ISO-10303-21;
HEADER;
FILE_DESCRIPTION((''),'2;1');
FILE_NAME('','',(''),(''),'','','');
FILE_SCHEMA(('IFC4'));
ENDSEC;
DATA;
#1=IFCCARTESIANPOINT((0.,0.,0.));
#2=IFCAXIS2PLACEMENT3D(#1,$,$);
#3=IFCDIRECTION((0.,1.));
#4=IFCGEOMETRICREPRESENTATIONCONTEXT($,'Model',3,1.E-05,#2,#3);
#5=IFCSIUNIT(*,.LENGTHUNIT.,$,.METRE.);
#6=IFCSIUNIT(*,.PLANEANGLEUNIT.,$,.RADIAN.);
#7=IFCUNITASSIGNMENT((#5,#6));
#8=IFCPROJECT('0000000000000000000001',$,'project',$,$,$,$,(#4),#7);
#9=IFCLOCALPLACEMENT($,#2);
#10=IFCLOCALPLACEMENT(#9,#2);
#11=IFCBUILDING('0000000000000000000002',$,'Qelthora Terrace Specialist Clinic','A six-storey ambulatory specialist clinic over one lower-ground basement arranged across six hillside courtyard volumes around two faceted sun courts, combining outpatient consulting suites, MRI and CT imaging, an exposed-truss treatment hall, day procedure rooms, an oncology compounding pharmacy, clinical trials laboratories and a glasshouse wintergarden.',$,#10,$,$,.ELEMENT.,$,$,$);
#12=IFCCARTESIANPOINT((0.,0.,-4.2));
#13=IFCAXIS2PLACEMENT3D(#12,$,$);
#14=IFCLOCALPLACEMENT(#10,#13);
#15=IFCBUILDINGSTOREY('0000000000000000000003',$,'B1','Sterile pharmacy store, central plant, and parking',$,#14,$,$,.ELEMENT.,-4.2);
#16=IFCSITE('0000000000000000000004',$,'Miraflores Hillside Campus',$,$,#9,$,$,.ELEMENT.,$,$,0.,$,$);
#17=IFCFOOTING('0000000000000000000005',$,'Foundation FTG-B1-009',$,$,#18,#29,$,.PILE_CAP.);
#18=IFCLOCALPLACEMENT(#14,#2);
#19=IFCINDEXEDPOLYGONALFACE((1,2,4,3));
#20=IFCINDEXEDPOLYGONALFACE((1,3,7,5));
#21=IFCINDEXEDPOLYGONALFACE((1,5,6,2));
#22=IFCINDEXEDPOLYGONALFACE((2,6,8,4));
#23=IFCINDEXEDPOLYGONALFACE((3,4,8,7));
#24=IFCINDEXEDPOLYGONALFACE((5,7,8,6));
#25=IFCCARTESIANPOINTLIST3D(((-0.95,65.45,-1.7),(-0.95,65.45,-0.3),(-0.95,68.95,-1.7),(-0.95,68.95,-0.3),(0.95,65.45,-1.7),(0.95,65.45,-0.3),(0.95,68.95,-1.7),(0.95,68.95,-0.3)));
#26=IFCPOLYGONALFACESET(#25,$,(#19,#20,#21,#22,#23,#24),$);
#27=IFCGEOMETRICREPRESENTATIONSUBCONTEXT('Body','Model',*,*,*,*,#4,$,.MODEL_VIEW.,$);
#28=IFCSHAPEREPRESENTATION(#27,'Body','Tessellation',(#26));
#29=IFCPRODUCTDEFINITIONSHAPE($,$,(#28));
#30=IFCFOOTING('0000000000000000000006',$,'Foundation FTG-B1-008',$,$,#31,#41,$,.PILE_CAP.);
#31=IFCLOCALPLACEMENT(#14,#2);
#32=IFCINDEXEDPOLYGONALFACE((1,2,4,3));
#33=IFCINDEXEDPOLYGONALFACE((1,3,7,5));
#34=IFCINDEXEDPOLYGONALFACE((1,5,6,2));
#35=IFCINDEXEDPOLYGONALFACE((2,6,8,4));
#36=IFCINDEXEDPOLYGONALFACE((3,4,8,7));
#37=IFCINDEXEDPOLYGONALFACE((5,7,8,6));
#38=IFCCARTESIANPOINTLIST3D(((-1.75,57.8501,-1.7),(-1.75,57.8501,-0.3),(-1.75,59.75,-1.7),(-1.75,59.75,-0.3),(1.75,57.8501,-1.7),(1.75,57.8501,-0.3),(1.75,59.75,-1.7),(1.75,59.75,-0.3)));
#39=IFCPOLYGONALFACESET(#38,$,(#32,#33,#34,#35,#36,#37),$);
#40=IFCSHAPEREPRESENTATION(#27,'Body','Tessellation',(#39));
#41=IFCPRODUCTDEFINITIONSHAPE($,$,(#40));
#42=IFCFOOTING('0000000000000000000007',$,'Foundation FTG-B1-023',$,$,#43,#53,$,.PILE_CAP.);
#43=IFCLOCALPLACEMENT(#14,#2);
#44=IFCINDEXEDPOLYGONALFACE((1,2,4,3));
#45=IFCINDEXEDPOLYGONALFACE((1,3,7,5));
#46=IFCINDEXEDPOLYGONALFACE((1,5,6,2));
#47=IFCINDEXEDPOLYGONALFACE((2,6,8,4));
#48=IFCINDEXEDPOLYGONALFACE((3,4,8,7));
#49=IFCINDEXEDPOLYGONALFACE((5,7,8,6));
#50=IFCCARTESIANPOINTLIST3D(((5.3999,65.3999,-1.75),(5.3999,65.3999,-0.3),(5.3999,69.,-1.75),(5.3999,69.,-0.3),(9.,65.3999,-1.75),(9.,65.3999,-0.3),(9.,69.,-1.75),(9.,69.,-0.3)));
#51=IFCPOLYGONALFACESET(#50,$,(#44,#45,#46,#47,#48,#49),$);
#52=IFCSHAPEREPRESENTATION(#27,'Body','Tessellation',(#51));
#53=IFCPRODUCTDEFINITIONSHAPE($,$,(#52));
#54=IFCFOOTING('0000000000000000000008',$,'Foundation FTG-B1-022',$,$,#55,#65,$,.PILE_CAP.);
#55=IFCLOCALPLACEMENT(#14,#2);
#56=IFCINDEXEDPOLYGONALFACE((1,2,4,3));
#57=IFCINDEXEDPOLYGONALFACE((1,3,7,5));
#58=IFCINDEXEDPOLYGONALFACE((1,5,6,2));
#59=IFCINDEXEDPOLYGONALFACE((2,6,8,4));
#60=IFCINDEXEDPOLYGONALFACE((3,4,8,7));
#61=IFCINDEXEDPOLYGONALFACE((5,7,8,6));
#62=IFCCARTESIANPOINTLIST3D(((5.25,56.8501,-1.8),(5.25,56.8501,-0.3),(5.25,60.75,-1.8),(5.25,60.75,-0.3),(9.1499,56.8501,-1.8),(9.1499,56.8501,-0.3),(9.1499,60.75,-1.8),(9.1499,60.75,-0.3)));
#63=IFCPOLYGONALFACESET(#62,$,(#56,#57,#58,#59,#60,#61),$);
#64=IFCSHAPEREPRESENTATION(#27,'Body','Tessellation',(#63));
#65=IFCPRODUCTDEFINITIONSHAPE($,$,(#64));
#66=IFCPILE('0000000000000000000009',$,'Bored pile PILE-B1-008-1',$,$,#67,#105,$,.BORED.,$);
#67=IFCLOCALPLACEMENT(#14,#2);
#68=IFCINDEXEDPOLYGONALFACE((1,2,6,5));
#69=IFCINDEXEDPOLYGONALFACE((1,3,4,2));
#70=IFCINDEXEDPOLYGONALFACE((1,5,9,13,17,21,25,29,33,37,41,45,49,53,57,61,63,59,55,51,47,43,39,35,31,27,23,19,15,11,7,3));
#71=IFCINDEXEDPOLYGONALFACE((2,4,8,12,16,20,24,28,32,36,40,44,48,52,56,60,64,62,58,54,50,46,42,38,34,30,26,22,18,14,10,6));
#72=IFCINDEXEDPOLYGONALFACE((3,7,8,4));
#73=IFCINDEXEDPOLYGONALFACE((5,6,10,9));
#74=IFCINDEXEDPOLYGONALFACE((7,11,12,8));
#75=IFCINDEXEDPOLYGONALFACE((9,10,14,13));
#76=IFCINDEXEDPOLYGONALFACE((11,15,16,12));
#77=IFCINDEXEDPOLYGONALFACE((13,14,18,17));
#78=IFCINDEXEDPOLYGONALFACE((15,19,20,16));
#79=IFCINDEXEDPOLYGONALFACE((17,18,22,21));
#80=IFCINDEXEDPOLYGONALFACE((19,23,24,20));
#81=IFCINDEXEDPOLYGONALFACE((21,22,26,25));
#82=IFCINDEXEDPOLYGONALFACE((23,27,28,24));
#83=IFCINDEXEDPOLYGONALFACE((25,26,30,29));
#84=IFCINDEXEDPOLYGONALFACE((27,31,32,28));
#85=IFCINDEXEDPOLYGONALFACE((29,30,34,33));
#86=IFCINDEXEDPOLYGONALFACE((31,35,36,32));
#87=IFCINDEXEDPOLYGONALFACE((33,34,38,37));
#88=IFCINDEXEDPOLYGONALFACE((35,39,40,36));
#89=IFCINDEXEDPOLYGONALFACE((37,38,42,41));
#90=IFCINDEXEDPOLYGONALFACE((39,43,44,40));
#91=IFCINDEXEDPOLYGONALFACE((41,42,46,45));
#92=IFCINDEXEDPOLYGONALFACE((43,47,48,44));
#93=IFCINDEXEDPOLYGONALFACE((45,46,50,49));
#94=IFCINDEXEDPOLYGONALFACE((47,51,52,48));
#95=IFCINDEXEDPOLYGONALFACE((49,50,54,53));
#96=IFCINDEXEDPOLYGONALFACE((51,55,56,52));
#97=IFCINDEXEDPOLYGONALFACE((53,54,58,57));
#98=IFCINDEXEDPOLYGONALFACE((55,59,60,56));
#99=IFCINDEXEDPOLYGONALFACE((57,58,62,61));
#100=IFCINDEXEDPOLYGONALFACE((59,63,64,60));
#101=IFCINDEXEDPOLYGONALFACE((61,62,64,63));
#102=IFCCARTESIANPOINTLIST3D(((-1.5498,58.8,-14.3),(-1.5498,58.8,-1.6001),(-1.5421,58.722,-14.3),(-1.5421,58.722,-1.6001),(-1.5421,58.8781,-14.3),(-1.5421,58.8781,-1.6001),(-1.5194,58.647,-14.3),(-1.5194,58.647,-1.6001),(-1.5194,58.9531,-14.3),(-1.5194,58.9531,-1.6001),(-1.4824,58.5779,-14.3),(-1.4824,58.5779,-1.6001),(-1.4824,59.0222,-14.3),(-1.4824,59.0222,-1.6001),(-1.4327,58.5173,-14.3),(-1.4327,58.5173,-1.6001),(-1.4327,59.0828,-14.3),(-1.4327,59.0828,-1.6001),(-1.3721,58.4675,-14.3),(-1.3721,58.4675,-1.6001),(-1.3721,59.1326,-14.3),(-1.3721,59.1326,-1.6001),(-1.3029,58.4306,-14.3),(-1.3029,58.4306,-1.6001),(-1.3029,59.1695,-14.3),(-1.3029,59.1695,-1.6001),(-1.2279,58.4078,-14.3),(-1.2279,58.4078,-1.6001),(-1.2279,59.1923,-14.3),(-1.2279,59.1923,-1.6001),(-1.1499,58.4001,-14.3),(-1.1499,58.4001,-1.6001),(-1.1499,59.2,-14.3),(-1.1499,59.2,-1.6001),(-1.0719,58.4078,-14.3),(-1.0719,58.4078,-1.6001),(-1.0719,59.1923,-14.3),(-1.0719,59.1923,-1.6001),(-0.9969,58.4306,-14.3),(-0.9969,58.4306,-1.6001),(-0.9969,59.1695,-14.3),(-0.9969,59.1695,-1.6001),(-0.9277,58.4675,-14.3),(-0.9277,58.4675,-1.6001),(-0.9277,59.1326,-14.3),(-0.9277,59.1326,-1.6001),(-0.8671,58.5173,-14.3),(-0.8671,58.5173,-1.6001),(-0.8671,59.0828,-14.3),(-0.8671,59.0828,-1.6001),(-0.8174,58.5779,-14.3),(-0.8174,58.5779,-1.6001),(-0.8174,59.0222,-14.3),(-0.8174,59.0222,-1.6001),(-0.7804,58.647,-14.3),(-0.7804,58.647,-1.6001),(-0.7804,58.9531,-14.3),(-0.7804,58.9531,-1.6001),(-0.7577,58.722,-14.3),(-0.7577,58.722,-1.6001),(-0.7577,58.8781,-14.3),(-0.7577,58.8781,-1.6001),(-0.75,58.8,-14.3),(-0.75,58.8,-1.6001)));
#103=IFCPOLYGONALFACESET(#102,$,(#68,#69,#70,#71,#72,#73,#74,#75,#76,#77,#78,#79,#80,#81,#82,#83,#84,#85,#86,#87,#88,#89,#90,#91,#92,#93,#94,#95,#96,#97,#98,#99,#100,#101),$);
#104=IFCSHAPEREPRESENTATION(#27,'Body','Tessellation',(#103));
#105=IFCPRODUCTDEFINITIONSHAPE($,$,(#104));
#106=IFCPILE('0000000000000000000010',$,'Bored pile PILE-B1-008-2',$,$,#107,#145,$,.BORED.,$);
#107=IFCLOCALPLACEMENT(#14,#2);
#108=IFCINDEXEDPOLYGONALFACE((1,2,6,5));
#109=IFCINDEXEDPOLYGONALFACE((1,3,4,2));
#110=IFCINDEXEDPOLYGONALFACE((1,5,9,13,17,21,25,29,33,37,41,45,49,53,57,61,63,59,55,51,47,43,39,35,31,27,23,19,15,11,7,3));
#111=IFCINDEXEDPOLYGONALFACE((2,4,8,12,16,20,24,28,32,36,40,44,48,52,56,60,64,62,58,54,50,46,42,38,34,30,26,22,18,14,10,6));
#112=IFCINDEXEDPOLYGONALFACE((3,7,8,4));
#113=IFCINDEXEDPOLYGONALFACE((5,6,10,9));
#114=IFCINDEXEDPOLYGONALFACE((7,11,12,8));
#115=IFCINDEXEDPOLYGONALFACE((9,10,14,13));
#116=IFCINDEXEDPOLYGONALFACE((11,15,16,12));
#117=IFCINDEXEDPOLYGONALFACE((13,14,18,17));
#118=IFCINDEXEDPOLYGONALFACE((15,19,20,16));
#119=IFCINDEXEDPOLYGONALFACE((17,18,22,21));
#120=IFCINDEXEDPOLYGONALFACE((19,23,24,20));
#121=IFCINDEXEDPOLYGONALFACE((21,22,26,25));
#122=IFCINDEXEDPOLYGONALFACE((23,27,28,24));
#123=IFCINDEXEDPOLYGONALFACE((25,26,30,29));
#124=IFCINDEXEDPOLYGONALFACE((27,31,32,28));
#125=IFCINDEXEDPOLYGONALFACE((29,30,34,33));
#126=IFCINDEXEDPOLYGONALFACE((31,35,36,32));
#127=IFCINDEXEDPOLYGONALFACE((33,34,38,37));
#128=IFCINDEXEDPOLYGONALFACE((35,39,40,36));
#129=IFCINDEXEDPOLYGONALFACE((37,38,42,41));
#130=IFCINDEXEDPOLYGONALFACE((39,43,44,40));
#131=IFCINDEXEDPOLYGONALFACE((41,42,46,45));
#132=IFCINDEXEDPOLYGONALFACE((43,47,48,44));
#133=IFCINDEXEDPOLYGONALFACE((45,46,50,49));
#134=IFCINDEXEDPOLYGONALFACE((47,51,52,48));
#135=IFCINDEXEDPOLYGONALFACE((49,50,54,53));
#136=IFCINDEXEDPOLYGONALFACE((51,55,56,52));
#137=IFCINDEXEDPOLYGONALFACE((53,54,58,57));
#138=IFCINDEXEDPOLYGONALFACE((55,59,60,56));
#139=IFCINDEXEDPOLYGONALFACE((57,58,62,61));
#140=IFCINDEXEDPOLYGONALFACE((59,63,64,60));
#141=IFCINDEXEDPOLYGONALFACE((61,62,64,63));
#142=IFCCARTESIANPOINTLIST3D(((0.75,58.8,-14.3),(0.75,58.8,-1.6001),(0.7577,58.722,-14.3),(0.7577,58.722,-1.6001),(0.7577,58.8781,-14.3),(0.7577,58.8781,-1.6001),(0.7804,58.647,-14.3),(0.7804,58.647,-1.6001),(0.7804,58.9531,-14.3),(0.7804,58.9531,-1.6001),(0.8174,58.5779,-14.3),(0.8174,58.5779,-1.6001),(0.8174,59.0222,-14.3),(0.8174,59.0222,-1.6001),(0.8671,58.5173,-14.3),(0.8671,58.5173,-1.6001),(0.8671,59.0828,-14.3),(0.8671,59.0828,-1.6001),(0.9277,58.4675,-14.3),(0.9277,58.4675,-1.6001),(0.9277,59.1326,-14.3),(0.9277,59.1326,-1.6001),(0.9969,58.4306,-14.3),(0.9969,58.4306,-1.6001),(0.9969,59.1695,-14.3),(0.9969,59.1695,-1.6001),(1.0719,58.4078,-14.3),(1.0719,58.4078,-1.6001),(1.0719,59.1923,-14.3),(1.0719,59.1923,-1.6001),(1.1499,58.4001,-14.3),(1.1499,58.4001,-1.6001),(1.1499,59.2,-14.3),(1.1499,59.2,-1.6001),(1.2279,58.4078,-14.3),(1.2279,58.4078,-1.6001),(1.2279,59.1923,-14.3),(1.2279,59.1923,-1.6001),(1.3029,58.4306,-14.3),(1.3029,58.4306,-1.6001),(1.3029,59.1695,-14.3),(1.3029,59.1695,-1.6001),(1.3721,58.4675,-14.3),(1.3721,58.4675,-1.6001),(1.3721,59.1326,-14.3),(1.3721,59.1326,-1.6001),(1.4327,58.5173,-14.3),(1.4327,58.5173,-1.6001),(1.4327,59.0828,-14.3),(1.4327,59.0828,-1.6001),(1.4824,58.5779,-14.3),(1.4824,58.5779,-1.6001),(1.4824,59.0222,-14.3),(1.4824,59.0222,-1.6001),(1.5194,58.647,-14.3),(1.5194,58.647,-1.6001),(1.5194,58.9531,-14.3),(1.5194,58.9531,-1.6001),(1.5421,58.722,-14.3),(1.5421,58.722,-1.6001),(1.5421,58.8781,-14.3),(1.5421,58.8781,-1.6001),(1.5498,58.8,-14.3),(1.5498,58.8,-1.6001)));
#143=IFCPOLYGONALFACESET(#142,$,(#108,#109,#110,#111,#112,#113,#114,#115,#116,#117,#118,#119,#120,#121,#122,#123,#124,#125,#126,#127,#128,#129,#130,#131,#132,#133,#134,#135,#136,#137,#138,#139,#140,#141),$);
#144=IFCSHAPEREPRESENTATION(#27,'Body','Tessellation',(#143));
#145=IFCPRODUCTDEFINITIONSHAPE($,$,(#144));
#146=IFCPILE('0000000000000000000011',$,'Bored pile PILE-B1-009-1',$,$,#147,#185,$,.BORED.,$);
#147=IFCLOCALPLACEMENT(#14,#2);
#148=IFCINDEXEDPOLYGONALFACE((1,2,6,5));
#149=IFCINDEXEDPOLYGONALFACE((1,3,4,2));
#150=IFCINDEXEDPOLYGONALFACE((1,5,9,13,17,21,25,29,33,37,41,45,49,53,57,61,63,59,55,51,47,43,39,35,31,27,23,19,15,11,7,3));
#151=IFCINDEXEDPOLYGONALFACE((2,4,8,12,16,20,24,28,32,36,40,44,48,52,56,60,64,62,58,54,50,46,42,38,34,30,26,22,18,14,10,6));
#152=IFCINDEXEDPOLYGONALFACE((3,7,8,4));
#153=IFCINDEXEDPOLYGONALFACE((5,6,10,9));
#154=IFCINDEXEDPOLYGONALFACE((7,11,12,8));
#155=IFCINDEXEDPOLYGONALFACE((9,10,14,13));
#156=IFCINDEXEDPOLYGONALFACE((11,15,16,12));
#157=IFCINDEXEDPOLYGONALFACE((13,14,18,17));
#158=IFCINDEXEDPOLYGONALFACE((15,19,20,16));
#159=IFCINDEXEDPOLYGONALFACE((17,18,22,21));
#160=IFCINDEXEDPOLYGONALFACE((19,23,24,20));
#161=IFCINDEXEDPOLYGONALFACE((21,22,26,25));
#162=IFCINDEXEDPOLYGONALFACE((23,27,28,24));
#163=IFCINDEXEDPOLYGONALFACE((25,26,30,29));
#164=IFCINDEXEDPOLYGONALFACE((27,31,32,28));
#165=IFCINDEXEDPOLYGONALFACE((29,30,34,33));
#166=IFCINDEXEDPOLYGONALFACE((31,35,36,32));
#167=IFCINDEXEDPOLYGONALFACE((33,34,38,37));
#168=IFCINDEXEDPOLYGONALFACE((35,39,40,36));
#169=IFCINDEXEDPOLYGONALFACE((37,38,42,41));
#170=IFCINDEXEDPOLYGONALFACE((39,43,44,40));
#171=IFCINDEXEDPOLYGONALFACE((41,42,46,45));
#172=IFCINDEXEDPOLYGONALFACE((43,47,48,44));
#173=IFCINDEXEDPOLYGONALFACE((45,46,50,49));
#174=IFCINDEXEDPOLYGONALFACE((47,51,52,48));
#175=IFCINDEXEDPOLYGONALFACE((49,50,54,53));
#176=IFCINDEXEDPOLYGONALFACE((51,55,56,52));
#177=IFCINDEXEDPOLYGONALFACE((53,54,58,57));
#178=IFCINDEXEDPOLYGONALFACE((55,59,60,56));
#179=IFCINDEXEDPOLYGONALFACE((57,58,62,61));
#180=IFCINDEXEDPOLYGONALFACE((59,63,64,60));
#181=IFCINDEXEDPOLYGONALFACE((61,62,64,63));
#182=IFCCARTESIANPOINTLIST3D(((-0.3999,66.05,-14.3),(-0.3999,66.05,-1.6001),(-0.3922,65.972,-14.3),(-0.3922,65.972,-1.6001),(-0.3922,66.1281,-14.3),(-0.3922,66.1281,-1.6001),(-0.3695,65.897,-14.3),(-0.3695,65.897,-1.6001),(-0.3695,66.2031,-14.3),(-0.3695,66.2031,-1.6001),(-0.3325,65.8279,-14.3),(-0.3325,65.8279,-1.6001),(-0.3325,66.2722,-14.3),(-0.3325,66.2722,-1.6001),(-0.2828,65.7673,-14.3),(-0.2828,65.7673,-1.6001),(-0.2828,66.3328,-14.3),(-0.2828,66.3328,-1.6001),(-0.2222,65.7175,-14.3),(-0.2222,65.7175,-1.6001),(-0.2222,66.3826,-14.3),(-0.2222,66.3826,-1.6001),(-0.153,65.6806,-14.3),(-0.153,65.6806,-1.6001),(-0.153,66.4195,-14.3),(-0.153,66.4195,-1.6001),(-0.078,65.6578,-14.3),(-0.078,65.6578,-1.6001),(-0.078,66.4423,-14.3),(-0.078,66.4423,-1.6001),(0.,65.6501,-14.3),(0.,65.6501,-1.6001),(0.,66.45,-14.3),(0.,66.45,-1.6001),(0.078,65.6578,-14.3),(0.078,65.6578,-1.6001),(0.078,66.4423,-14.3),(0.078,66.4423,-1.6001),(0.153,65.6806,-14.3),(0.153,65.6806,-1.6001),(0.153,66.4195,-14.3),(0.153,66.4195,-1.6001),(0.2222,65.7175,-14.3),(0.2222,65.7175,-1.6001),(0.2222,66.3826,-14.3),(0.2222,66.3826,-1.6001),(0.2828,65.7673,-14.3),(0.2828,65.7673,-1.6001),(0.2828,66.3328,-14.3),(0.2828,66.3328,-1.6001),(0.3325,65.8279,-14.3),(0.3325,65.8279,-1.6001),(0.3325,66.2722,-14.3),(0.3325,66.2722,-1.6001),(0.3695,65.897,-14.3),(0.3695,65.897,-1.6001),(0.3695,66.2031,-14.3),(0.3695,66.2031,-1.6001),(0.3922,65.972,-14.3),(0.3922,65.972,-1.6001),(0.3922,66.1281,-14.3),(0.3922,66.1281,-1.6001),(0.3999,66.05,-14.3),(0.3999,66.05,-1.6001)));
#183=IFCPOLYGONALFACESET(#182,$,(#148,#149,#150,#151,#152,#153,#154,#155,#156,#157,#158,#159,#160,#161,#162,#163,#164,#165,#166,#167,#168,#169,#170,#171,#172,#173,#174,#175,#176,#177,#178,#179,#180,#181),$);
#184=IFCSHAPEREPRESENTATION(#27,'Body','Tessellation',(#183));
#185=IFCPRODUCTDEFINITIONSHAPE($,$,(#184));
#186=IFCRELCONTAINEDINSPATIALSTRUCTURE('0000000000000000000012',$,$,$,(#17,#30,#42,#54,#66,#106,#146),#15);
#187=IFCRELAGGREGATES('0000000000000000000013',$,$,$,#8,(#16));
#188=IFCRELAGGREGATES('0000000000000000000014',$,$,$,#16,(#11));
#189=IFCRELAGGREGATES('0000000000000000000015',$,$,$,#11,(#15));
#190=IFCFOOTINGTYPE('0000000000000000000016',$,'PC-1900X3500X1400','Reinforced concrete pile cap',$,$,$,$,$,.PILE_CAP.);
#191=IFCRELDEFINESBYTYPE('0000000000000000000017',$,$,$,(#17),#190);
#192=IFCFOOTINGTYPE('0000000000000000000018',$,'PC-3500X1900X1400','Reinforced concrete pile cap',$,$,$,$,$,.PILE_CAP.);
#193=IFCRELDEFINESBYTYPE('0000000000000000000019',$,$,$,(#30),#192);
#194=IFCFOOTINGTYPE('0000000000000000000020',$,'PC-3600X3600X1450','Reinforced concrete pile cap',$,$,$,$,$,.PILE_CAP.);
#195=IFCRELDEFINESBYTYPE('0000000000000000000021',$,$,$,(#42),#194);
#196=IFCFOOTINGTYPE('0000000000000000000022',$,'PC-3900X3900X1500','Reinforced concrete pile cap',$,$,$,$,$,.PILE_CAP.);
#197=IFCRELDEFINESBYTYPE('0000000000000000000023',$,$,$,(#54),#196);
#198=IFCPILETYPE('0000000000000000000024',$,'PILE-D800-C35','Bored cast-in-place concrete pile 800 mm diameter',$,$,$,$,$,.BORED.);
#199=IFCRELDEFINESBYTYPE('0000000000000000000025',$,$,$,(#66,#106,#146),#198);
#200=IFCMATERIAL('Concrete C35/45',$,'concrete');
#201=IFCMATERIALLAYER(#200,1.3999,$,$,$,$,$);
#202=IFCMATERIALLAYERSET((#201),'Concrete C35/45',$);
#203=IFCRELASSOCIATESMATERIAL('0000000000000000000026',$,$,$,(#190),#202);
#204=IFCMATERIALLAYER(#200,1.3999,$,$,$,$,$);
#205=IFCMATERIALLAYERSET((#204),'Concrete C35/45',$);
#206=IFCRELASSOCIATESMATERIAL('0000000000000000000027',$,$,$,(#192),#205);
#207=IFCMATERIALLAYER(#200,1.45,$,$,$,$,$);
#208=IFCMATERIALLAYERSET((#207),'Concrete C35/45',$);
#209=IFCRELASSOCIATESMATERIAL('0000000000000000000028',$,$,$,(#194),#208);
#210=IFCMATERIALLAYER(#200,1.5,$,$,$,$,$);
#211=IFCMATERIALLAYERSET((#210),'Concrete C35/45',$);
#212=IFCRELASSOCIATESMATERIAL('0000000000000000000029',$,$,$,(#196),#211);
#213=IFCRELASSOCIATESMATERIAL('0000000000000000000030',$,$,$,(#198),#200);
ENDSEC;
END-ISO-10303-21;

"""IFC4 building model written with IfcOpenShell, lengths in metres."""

from ifc_helpers import new_model, si_unit, direction, frame, origin, origin_2d, place, context, subcontext, project, spatial, rectangle, circle, extrude, material, layer, layer_set, material_profile, profile_set, type_object, element, save


model = new_model("IFC4")

# Units and contexts
model_context = context("Model", 3, precision=1e-05, world=origin(), true_north=direction((0.0, 1.0)))
body_context = subcontext(model_context, "Body", "Model", "MODEL_VIEW")
ifc_project = project(units=[si_unit("LENGTHUNIT", "METRE"), si_unit("PLANEANGLEUNIT", "RADIAN")], contexts=[model_context])

# Site, building, storey
site_placement = place(None, origin())
site = spatial("IfcSite", under=ifc_project, at=site_placement, Name="Miraflores Hillside Campus", CompositionType="ELEMENT", RefElevation=0.0)
building_placement = place(site_placement, origin())
building = spatial("IfcBuilding", under=site, at=building_placement, Name="Qelthora Terrace Specialist Clinic", Description="A six-storey ambulatory specialist clinic over one lower-ground basement arranged across six hillside courtyard volumes around two faceted sun courts, combining outpatient consulting suites, MRI and CT imaging, an exposed-truss treatment hall, day procedure rooms, an oncology compounding pharmacy, clinical trials laboratories and a glasshouse wintergarden.", CompositionType="ELEMENT")
storey_placement = place(building_placement, frame((0.0, 0.0, -4.2)))
storey = spatial("IfcBuildingStorey", under=building, at=storey_placement, Name="B1", Description="Sterile pharmacy store, central plant, and parking", CompositionType="ELEMENT", Elevation=-4.2)

# Footings
ifc_material_1 = material(Name="Concrete C35/45", Category="concrete")
ifc_layer_1 = layer(ifc_material_1, 1.3999)
ifc_layer_set_1 = layer_set([ifc_layer_1], Name="Concrete C35/45")
footing_type_1 = type_object("IfcFootingType", Name="PC-1900X3500X1400", Description="Reinforced concrete pile cap", PredefinedType="PILE_CAP", material=ifc_layer_set_1)
footing_1_placement = place(storey_placement, frame((0.0, 67.2, -1.7), z_axis=(0.0, 0.0, 1.0), x_axis=(1.0, 0.0, 0.0)))
element("IfcFooting", 1, at=footing_1_placement, inside=storey, type_object=footing_type_1, Name="Foundation FTG-B1-009", PredefinedType="PILE_CAP", context=body_context, shape_type="SweptSolid", body=[
    extrude(rectangle(XDim=1.8999, YDim=3.5, at=origin_2d()), origin(), (0.0, 0.0, 1.0), 1.3999),
])
ifc_layer_2 = layer(ifc_material_1, 1.3999)
ifc_layer_set_2 = layer_set([ifc_layer_2], Name="Concrete C35/45")
footing_type_2 = type_object("IfcFootingType", Name="PC-3500X1900X1400", Description="Reinforced concrete pile cap", PredefinedType="PILE_CAP", material=ifc_layer_set_2)
footing_2_placement = place(storey_placement, frame((0.0, 58.8, -1.7), z_axis=(0.0, 0.0, 1.0), x_axis=(1.0, 0.0, 0.0)))
element("IfcFooting", 2, at=footing_2_placement, inside=storey, type_object=footing_type_2, Name="Foundation FTG-B1-008", PredefinedType="PILE_CAP", context=body_context, shape_type="SweptSolid", body=[
    extrude(rectangle(XDim=3.5, YDim=1.8999, at=origin_2d()), origin(), (0.0, 0.0, 1.0), 1.3999),
])
ifc_layer_3 = layer(ifc_material_1, 1.45)
ifc_layer_set_3 = layer_set([ifc_layer_3], Name="Concrete C35/45")
footing_type_3 = type_object("IfcFootingType", Name="PC-3600X3600X1450", Description="Reinforced concrete pile cap", PredefinedType="PILE_CAP", material=ifc_layer_set_3)
footing_3_placement = place(storey_placement, frame((7.2, 67.2, -1.75), z_axis=(0.0, 0.0, 1.0), x_axis=(1.0, 0.0, 0.0)))
element("IfcFooting", 3, at=footing_3_placement, inside=storey, type_object=footing_type_3, Name="Foundation FTG-B1-023", PredefinedType="PILE_CAP", context=body_context, shape_type="SweptSolid", body=[
    extrude(rectangle(XDim=3.6001, YDim=3.6001, at=origin_2d()), origin(), (0.0, 0.0, 1.0), 1.45),
])
ifc_layer_4 = layer(ifc_material_1, 1.5)
ifc_layer_set_4 = layer_set([ifc_layer_4], Name="Concrete C35/45")
footing_type_4 = type_object("IfcFootingType", Name="PC-3900X3900X1500", Description="Reinforced concrete pile cap", PredefinedType="PILE_CAP", material=ifc_layer_set_4)
footing_4_placement = place(storey_placement, frame((7.2, 58.8, -1.8), z_axis=(0.0, 0.0, 1.0), x_axis=(1.0, 0.0, 0.0)))
element("IfcFooting", 4, at=footing_4_placement, inside=storey, type_object=footing_type_4, Name="Foundation FTG-B1-022", PredefinedType="PILE_CAP", context=body_context, shape_type="SweptSolid", body=[
    extrude(rectangle(XDim=3.8999, YDim=3.8999, at=origin_2d()), origin(), (0.0, 0.0, 1.0), 1.5),
])

# Piles
ifc_material_profile_1 = material_profile(ifc_material_1, circle(Radius=0.3999, at=origin_2d()), Name="PILE800")
ifc_profile_set_1 = profile_set([ifc_material_profile_1], Name="Concrete C35/45")
pile_type_1 = type_object("IfcPileType", Name="PILE-D800-C35", Description="Bored cast-in-place concrete pile 800 mm diameter", PredefinedType="BORED", material=ifc_profile_set_1)
for number, where, z_axis, x_axis, name in (
    (5, (-1.1499, 58.8, -1.6001), (0.0, 0.0, -1.0), (1.0, 0.0, 0.0), "Bored pile PILE-B1-008-1"),
    (6, (1.1499, 58.8, -1.6001), (0.0, 0.0, -1.0), (1.0, 0.0, 0.0), "Bored pile PILE-B1-008-2"),
    (7, (0.0, 66.05, -1.6001), (0.0, 0.0, -1.0), (1.0, 0.0, 0.0), "Bored pile PILE-B1-009-1"),
):
    element("IfcPile", number, at=place(storey_placement, frame(where, z_axis=z_axis, x_axis=x_axis)), inside=storey, type_object=pile_type_1, Name=name, PredefinedType="BORED", context=body_context, shape_type="SweptSolid", body=[
        extrude(circle(Radius=0.3999, at=origin_2d()), origin(), (0.0, 0.0, 1.0), 12.7),
    ])

save(model, "model.ifc")
